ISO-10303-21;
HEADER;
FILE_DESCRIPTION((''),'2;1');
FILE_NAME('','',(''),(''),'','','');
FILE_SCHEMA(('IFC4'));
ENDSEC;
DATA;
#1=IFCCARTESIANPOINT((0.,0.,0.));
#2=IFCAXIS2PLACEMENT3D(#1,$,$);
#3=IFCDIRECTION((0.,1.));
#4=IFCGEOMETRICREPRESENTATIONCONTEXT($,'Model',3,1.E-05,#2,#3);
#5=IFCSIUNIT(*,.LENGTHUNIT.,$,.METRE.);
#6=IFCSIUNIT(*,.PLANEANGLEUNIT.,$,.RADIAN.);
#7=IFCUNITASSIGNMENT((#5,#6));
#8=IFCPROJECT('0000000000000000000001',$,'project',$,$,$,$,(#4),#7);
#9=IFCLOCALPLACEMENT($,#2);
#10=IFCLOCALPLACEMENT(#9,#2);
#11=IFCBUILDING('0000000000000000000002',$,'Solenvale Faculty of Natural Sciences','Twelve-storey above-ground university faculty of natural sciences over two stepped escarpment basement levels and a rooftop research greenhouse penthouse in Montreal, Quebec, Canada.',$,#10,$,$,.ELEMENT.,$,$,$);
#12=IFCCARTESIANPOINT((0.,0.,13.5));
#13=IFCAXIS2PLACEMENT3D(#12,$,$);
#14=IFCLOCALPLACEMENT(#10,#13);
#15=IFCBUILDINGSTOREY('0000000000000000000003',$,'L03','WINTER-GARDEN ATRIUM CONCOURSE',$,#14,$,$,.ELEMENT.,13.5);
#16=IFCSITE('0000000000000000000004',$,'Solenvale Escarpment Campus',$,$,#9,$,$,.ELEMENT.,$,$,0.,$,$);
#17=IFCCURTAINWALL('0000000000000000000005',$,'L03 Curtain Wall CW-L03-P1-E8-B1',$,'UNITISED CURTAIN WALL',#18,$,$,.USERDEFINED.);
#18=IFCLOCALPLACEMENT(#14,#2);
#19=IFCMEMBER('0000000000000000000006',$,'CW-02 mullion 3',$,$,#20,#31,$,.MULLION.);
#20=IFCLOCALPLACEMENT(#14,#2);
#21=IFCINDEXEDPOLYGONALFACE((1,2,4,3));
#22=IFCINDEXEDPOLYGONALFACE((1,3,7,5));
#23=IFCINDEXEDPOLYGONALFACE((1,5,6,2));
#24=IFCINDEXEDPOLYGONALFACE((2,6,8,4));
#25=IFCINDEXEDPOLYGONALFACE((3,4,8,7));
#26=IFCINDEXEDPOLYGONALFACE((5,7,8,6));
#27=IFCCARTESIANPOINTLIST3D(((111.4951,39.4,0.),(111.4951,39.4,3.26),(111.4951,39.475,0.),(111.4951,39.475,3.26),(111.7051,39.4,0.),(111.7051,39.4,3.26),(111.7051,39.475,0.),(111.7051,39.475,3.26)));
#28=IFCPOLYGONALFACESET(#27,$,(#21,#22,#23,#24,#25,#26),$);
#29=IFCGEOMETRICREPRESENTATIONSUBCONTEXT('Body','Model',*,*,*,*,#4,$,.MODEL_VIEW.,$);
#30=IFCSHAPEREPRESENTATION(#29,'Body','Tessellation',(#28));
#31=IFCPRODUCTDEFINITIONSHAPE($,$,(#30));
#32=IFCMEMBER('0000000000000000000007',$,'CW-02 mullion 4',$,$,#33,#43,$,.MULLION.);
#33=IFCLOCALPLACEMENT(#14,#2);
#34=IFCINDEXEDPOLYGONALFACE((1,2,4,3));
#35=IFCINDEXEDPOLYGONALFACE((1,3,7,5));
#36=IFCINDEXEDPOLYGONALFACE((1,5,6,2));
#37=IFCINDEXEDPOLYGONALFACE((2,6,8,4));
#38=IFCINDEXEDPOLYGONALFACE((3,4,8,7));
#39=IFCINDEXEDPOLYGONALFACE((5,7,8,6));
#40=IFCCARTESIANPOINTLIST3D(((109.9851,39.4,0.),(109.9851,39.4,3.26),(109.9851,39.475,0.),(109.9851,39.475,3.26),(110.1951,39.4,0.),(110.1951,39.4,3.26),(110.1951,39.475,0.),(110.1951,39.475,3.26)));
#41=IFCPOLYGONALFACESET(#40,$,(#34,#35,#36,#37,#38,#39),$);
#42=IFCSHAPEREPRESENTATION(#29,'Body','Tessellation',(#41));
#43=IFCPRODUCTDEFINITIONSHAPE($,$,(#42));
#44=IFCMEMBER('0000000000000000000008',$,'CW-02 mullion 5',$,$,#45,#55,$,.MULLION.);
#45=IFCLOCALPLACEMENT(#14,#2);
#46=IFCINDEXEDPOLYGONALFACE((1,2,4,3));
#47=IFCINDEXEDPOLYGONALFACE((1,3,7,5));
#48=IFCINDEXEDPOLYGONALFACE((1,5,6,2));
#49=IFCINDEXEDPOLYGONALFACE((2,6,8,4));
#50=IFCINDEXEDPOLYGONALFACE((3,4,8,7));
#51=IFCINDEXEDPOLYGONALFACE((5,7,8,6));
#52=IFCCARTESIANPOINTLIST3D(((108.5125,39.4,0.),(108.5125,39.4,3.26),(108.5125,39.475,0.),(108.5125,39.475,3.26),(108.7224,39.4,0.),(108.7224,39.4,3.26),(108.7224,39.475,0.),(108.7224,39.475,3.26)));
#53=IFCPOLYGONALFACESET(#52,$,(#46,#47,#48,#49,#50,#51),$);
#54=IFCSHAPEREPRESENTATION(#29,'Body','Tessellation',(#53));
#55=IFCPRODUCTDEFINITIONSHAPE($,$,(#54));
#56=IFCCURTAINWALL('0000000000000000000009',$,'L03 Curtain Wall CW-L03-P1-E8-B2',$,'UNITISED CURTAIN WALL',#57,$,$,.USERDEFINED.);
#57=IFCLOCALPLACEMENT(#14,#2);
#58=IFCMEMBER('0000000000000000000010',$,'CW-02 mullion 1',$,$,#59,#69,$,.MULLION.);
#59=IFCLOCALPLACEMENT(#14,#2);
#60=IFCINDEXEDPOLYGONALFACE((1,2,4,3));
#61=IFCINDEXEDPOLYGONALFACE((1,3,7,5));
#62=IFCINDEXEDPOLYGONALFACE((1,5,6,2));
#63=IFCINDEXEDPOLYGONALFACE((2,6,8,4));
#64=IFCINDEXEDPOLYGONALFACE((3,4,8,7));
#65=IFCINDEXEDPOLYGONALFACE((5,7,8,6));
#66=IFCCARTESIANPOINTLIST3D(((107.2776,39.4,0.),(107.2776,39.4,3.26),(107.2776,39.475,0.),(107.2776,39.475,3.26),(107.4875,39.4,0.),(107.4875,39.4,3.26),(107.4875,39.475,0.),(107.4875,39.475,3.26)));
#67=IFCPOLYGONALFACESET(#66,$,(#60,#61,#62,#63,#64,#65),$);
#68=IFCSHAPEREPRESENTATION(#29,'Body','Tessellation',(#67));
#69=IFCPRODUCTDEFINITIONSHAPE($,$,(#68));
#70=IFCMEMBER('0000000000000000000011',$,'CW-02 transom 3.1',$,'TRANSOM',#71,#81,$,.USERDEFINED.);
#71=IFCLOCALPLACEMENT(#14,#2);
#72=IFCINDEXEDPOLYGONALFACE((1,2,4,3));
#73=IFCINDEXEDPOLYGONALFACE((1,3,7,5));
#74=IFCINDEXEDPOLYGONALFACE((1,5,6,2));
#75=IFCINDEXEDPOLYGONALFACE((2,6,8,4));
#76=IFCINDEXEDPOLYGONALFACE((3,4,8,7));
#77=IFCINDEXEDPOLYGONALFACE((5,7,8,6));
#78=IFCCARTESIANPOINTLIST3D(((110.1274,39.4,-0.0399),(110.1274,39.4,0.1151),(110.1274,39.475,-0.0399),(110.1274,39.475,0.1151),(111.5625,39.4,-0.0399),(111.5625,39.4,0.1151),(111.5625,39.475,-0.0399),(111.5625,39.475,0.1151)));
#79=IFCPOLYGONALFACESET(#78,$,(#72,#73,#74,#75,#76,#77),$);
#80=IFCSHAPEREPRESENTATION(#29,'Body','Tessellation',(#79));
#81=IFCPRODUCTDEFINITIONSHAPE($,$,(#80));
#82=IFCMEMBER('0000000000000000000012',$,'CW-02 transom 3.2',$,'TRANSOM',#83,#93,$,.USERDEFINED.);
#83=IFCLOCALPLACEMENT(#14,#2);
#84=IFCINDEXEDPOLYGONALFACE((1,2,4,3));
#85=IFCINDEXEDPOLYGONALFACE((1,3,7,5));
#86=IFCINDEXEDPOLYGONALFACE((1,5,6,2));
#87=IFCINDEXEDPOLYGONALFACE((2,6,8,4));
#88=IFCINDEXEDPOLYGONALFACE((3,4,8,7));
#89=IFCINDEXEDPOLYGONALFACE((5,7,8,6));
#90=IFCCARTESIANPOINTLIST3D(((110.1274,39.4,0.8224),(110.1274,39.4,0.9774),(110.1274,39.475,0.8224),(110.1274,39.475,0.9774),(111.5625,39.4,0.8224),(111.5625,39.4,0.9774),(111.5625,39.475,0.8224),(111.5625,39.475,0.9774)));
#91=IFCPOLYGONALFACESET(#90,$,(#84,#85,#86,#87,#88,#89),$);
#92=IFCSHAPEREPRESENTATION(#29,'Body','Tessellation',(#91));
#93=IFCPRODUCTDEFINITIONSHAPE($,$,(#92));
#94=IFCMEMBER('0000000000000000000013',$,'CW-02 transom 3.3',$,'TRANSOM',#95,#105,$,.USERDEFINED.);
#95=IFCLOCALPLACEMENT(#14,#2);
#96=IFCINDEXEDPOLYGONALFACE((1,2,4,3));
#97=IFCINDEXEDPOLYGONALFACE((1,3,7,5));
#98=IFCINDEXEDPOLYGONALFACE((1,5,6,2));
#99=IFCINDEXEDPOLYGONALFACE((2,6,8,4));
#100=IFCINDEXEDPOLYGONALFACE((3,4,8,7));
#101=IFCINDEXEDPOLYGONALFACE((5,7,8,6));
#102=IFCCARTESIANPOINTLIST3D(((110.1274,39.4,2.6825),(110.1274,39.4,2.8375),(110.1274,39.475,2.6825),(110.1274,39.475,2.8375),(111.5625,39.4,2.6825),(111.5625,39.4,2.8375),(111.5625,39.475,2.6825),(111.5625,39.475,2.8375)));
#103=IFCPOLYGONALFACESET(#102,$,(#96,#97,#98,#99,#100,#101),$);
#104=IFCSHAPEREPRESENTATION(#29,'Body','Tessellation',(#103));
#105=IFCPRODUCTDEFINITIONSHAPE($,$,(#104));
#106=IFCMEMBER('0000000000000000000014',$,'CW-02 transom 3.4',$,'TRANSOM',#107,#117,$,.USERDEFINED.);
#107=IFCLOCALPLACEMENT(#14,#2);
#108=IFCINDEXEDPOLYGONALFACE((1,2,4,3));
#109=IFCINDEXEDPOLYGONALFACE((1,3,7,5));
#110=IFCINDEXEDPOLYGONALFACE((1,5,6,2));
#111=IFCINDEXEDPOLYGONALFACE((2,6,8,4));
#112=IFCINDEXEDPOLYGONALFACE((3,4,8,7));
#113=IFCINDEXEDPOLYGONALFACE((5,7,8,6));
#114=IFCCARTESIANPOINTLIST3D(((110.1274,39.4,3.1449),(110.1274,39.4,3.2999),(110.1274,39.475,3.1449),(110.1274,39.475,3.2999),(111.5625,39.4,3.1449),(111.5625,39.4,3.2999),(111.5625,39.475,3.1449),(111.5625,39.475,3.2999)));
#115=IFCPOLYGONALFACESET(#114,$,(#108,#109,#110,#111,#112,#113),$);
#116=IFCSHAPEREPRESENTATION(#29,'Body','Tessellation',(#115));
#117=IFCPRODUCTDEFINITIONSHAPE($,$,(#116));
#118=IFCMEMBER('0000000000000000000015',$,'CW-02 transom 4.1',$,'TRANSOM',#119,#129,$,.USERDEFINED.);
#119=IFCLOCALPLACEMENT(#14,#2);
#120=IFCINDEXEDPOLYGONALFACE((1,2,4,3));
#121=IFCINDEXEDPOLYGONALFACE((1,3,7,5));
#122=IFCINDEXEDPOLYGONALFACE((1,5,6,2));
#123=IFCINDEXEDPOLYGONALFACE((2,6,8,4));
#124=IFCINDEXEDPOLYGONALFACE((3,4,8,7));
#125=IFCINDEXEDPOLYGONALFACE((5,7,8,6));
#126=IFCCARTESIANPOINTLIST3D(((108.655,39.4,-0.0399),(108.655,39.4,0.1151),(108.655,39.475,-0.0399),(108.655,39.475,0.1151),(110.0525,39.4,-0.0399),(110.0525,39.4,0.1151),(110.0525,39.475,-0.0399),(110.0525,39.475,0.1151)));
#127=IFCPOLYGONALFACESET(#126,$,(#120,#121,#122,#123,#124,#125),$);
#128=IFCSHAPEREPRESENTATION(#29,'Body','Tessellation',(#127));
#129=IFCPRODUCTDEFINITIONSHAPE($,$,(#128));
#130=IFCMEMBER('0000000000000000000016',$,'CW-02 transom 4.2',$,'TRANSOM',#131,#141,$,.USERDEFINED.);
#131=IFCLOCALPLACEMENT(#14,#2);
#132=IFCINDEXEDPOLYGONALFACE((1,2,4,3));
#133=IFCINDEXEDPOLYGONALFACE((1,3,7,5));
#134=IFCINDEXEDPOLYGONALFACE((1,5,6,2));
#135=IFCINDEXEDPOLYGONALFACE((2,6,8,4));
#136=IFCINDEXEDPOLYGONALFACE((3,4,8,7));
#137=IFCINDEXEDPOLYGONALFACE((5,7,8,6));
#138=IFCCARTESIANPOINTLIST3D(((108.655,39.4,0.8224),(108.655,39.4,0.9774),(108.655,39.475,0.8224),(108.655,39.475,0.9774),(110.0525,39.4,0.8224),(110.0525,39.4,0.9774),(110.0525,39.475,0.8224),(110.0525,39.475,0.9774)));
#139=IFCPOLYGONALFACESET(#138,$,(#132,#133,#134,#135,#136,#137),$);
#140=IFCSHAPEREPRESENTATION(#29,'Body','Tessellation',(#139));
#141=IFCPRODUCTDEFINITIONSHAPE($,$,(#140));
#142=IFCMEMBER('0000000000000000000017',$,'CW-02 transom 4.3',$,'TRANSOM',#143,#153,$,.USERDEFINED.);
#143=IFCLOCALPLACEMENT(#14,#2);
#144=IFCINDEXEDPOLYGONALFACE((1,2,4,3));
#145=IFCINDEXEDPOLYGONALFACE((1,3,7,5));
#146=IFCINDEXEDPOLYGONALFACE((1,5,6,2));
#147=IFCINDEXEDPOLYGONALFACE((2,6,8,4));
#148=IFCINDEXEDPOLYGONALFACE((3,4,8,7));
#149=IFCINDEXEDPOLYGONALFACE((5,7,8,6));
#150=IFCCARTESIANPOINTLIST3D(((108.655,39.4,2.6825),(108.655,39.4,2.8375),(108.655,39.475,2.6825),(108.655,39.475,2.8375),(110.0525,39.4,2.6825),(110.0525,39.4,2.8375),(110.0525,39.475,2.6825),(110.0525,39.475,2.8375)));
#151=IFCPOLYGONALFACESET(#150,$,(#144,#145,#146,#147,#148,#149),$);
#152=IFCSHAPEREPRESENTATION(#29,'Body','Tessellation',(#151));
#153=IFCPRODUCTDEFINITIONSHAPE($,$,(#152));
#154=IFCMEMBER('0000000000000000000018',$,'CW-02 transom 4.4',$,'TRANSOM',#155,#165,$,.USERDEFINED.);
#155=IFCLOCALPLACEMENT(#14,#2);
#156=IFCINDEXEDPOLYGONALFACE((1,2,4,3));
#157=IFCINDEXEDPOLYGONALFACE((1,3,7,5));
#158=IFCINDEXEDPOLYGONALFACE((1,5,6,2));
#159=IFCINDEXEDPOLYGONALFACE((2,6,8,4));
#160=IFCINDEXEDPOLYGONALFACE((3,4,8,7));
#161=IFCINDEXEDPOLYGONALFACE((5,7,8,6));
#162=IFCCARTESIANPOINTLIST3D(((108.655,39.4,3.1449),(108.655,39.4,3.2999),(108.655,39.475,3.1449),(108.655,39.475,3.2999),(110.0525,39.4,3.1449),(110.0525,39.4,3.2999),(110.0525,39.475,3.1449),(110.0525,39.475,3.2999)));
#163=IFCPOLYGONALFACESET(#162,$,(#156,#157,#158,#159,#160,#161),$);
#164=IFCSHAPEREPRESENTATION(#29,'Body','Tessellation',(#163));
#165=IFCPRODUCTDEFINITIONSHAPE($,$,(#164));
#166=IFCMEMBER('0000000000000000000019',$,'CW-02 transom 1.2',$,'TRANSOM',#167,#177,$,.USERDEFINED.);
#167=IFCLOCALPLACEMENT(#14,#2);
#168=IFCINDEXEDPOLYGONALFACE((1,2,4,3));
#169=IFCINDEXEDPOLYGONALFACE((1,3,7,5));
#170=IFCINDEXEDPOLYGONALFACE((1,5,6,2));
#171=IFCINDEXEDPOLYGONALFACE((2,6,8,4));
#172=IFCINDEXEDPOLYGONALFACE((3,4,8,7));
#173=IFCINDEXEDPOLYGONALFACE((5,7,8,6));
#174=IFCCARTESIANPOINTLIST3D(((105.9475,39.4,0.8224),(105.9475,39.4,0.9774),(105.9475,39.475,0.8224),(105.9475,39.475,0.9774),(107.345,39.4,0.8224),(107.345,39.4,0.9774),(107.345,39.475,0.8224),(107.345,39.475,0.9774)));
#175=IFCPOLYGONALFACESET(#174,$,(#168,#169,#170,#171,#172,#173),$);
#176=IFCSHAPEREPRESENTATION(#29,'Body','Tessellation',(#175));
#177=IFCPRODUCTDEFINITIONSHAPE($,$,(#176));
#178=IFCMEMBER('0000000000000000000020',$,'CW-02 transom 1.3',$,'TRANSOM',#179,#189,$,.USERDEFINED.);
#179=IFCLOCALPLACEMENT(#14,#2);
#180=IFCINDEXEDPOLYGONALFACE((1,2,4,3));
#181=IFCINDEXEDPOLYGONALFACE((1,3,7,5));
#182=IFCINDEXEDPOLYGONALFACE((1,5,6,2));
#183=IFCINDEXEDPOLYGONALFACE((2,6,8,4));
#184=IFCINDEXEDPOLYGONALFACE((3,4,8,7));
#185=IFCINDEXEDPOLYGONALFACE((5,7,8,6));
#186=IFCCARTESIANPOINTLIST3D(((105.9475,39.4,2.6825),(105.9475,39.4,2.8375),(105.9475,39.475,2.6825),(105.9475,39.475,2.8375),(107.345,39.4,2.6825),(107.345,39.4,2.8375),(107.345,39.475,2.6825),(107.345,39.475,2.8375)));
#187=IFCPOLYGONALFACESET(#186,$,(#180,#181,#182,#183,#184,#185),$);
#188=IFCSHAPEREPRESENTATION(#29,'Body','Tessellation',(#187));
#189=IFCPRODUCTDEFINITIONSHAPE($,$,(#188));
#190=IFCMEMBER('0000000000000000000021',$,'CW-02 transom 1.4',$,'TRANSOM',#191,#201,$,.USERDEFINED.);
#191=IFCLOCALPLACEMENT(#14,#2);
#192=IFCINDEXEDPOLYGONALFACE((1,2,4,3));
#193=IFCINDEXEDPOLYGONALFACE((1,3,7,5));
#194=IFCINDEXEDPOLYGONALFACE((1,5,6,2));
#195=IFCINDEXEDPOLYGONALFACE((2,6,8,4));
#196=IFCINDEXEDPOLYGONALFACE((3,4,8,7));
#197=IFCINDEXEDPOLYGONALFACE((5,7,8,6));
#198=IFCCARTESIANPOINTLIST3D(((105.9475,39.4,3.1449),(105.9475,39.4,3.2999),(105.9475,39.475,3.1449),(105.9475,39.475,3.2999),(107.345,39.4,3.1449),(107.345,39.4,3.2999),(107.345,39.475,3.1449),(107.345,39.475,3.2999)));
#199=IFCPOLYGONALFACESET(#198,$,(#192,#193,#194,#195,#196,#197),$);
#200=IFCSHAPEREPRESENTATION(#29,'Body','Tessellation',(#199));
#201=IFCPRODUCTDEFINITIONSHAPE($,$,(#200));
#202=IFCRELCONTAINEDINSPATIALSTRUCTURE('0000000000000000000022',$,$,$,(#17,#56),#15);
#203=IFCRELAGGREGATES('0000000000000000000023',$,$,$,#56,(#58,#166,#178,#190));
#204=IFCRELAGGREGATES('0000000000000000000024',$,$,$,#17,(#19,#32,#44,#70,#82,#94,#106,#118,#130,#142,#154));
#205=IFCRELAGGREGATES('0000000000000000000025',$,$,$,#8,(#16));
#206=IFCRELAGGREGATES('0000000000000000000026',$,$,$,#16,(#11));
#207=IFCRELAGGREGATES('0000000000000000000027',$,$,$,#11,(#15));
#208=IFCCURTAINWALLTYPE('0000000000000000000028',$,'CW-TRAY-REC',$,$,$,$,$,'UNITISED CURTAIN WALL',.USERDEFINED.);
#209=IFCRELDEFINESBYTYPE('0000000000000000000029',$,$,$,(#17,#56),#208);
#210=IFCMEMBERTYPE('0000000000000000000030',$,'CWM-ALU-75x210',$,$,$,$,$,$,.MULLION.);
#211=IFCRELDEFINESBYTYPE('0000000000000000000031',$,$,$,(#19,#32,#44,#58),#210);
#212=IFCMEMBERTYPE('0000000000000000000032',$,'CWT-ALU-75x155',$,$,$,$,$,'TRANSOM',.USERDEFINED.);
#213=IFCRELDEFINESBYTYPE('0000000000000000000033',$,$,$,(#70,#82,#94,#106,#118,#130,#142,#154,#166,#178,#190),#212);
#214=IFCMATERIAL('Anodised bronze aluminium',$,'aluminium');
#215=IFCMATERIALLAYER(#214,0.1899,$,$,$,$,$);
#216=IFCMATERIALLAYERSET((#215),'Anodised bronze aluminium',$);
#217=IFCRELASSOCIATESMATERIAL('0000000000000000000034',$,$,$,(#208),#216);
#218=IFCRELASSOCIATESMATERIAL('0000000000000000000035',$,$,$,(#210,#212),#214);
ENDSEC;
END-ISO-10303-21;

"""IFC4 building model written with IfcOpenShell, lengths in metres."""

from ifc_helpers import new_model, si_unit, direction, frame, origin, origin_2d, place, context, subcontext, project, spatial, rectangle, extrude, material, layer, layer_set, material_profile, profile_set, type_object, element, aggregate, save


model = new_model("IFC4")

# Units and contexts
model_context = context("Model", 3, precision=1e-05, world=origin(), true_north=direction((0.0, 1.0)))
body_context = subcontext(model_context, "Body", "Model", "MODEL_VIEW")
ifc_project = project(units=[si_unit("LENGTHUNIT", "METRE"), si_unit("PLANEANGLEUNIT", "RADIAN")], contexts=[model_context])

# Site, building, storey
site_placement = place(None, origin())
site = spatial("IfcSite", under=ifc_project, at=site_placement, Name="Solenvale Escarpment Campus", CompositionType="ELEMENT", RefElevation=0.0)
building_placement = place(site_placement, origin())
building = spatial("IfcBuilding", under=site, at=building_placement, Name="Solenvale Faculty of Natural Sciences", Description="Twelve-storey above-ground university faculty of natural sciences over two stepped escarpment basement levels and a rooftop research greenhouse penthouse in Montreal, Quebec, Canada.", CompositionType="ELEMENT")
storey_placement = place(building_placement, frame((0.0, 0.0, 13.5)))
storey = spatial("IfcBuildingStorey", under=building, at=storey_placement, Name="L03", Description="WINTER-GARDEN ATRIUM CONCOURSE", CompositionType="ELEMENT", Elevation=13.5)

# Curtain wall, members
ifc_material_1 = material(Name="Anodised bronze aluminium", Category="aluminium")
ifc_layer_1 = layer(ifc_material_1, 0.1899)
ifc_layer_set_1 = layer_set([ifc_layer_1], Name="Anodised bronze aluminium")
curtain_wall_type = type_object("IfcCurtainWallType", Name="CW-TRAY-REC", ElementType="UNITISED CURTAIN WALL", PredefinedType="USERDEFINED", material=ifc_layer_set_1)
curtain_wall_1_placement = place(storey_placement, origin())
curtain_wall_1 = element("IfcCurtainWall", 1, at=curtain_wall_1_placement, inside=storey, type_object=curtain_wall_type, Name="L03 Curtain Wall CW-L03-P1-E8-B1", ObjectType="UNITISED CURTAIN WALL", PredefinedType="USERDEFINED")
ifc_material_profile_1 = material_profile(ifc_material_1, rectangle(XDim=0.075, YDim=0.21, at=origin_2d()), Name="ALU-MUL-75x210")
ifc_profile_set_1 = profile_set([ifc_material_profile_1], Name="Anodised bronze aluminium")
member_type_1 = type_object("IfcMemberType", Name="CWM-ALU-75x210", PredefinedType="MULLION", material=ifc_profile_set_1)
member_1_placement = place(storey_placement, frame((111.6001, 39.4375, 0.0), z_axis=(0.0, 0.0, 1.0), x_axis=(0.0, -1.0, 0.0)))
member_1 = element("IfcMember", 2, at=member_1_placement, type_object=member_type_1, Name="CW-02 mullion 3", PredefinedType="MULLION", context=body_context, shape_type="SweptSolid", body=[
    extrude(rectangle(XDim=0.075, YDim=0.21, at=origin_2d()), origin(), (0.0, 0.0, 1.0), 3.26),
])
member_2_placement = place(storey_placement, frame((110.0901, 39.4375, 0.0), z_axis=(0.0, 0.0, 1.0), x_axis=(0.0, -1.0, 0.0)))
member_2 = element("IfcMember", 3, at=member_2_placement, type_object=member_type_1, Name="CW-02 mullion 4", PredefinedType="MULLION", context=body_context, shape_type="SweptSolid", body=[
    extrude(rectangle(XDim=0.075, YDim=0.21, at=origin_2d()), origin(), (0.0, 0.0, 1.0), 3.26),
])
member_3_placement = place(storey_placement, frame((108.6174, 39.4375, 0.0), z_axis=(0.0, 0.0, 1.0), x_axis=(0.0, -1.0, 0.0)))
member_3 = element("IfcMember", 4, at=member_3_placement, type_object=member_type_1, Name="CW-02 mullion 5", PredefinedType="MULLION", context=body_context, shape_type="SweptSolid", body=[
    extrude(rectangle(XDim=0.075, YDim=0.21, at=origin_2d()), origin(), (0.0, 0.0, 1.0), 3.26),
])

# Curtain wall, member
curtain_wall_2_placement = place(storey_placement, origin())
curtain_wall_2 = element("IfcCurtainWall", 5, at=curtain_wall_2_placement, inside=storey, type_object=curtain_wall_type, Name="L03 Curtain Wall CW-L03-P1-E8-B2", ObjectType="UNITISED CURTAIN WALL", PredefinedType="USERDEFINED")
member_4_placement = place(storey_placement, frame((107.3826, 39.4375, 0.0), z_axis=(0.0, 0.0, 1.0), x_axis=(0.0, -1.0, 0.0)))
member_4 = element("IfcMember", 6, at=member_4_placement, type_object=member_type_1, Name="CW-02 mullion 1", PredefinedType="MULLION", context=body_context, shape_type="SweptSolid", body=[
    extrude(rectangle(XDim=0.075, YDim=0.21, at=origin_2d()), origin(), (0.0, 0.0, 1.0), 3.26),
])

# Members
ifc_material_profile_2 = material_profile(ifc_material_1, rectangle(XDim=0.075, YDim=0.155, at=origin_2d()), Name="ALU-TRN-75x155")
ifc_profile_set_2 = profile_set([ifc_material_profile_2], Name="Anodised bronze aluminium")
member_type_2 = type_object("IfcMemberType", Name="CWT-ALU-75x155", ElementType="TRANSOM", PredefinedType="USERDEFINED", material=ifc_profile_set_2)
member_5_placement = place(storey_placement, frame((111.5625, 39.4375, 0.0376), z_axis=(-1.0, 0.0, 0.0), x_axis=(0.0, -1.0, 0.0)))
member_5 = element("IfcMember", 7, at=member_5_placement, type_object=member_type_2, Name="CW-02 transom 3.1", ObjectType="TRANSOM", PredefinedType="USERDEFINED", context=body_context, shape_type="SweptSolid", body=[
    extrude(rectangle(XDim=0.075, YDim=0.155, at=origin_2d()), origin(), (0.0, 0.0, 1.0), 1.4351),
])
member_6_placement = place(storey_placement, frame((111.5625, 39.4375, 0.8999), z_axis=(-1.0, 0.0, 0.0), x_axis=(0.0, -1.0, 0.0)))
member_6 = element("IfcMember", 8, at=member_6_placement, type_object=member_type_2, Name="CW-02 transom 3.2", ObjectType="TRANSOM", PredefinedType="USERDEFINED", context=body_context, shape_type="SweptSolid", body=[
    extrude(rectangle(XDim=0.075, YDim=0.155, at=origin_2d()), origin(), (0.0, 0.0, 1.0), 1.4351),
])
member_7_placement = place(storey_placement, frame((111.5625, 39.4375, 2.76), z_axis=(-1.0, 0.0, 0.0), x_axis=(0.0, -1.0, 0.0)))
member_7 = element("IfcMember", 9, at=member_7_placement, type_object=member_type_2, Name="CW-02 transom 3.3", ObjectType="TRANSOM", PredefinedType="USERDEFINED", context=body_context, shape_type="SweptSolid", body=[
    extrude(rectangle(XDim=0.075, YDim=0.155, at=origin_2d()), origin(), (0.0, 0.0, 1.0), 1.4351),
])
member_8_placement = place(storey_placement, frame((111.5625, 39.4375, 3.2224), z_axis=(-1.0, 0.0, 0.0), x_axis=(0.0, -1.0, 0.0)))
member_8 = element("IfcMember", 10, at=member_8_placement, type_object=member_type_2, Name="CW-02 transom 3.4", ObjectType="TRANSOM", PredefinedType="USERDEFINED", context=body_context, shape_type="SweptSolid", body=[
    extrude(rectangle(XDim=0.075, YDim=0.155, at=origin_2d()), origin(), (0.0, 0.0, 1.0), 1.4351),
])
member_9_placement = place(storey_placement, frame((110.0525, 39.4375, 0.0376), z_axis=(-1.0, 0.0, 0.0), x_axis=(0.0, -1.0, 0.0)))
member_9 = element("IfcMember", 11, at=member_9_placement, type_object=member_type_2, Name="CW-02 transom 4.1", ObjectType="TRANSOM", PredefinedType="USERDEFINED", context=body_context, shape_type="SweptSolid", body=[
    extrude(rectangle(XDim=0.075, YDim=0.155, at=origin_2d()), origin(), (0.0, 0.0, 1.0), 1.3975),
])
member_10_placement = place(storey_placement, frame((110.0525, 39.4375, 0.8999), z_axis=(-1.0, 0.0, 0.0), x_axis=(0.0, -1.0, 0.0)))
member_10 = element("IfcMember", 12, at=member_10_placement, type_object=member_type_2, Name="CW-02 transom 4.2", ObjectType="TRANSOM", PredefinedType="USERDEFINED", context=body_context, shape_type="SweptSolid", body=[
    extrude(rectangle(XDim=0.075, YDim=0.155, at=origin_2d()), origin(), (0.0, 0.0, 1.0), 1.3975),
])
member_11_placement = place(storey_placement, frame((110.0525, 39.4375, 2.76), z_axis=(-1.0, 0.0, 0.0), x_axis=(0.0, -1.0, 0.0)))
member_11 = element("IfcMember", 13, at=member_11_placement, type_object=member_type_2, Name="CW-02 transom 4.3", ObjectType="TRANSOM", PredefinedType="USERDEFINED", context=body_context, shape_type="SweptSolid", body=[
    extrude(rectangle(XDim=0.075, YDim=0.155, at=origin_2d()), origin(), (0.0, 0.0, 1.0), 1.3975),
])
member_12_placement = place(storey_placement, frame((110.0525, 39.4375, 3.2224), z_axis=(-1.0, 0.0, 0.0), x_axis=(0.0, -1.0, 0.0)))
member_12 = element("IfcMember", 14, at=member_12_placement, type_object=member_type_2, Name="CW-02 transom 4.4", ObjectType="TRANSOM", PredefinedType="USERDEFINED", context=body_context, shape_type="SweptSolid", body=[
    extrude(rectangle(XDim=0.075, YDim=0.155, at=origin_2d()), origin(), (0.0, 0.0, 1.0), 1.3975),
])
member_13_placement = place(storey_placement, frame((107.345, 39.4375, 0.8999), z_axis=(-1.0, 0.0, 0.0), x_axis=(0.0, -1.0, 0.0)))
member_13 = element("IfcMember", 15, at=member_13_placement, type_object=member_type_2, Name="CW-02 transom 1.2", ObjectType="TRANSOM", PredefinedType="USERDEFINED", context=body_context, shape_type="SweptSolid", body=[
    extrude(rectangle(XDim=0.075, YDim=0.155, at=origin_2d()), origin(), (0.0, 0.0, 1.0), 1.3975),
])
member_14_placement = place(storey_placement, frame((107.345, 39.4375, 2.76), z_axis=(-1.0, 0.0, 0.0), x_axis=(0.0, -1.0, 0.0)))
member_14 = element("IfcMember", 16, at=member_14_placement, type_object=member_type_2, Name="CW-02 transom 1.3", ObjectType="TRANSOM", PredefinedType="USERDEFINED", context=body_context, shape_type="SweptSolid", body=[
    extrude(rectangle(XDim=0.075, YDim=0.155, at=origin_2d()), origin(), (0.0, 0.0, 1.0), 1.3975),
])
member_15_placement = place(storey_placement, frame((107.345, 39.4375, 3.2224), z_axis=(-1.0, 0.0, 0.0), x_axis=(0.0, -1.0, 0.0)))
member_15 = element("IfcMember", 17, at=member_15_placement, type_object=member_type_2, Name="CW-02 transom 1.4", ObjectType="TRANSOM", PredefinedType="USERDEFINED", context=body_context, shape_type="SweptSolid", body=[
    extrude(rectangle(XDim=0.075, YDim=0.155, at=origin_2d()), origin(), (0.0, 0.0, 1.0), 1.3975),
])
aggregate(curtain_wall_2, [member_4, member_13, member_14, member_15])

aggregate(curtain_wall_1, [member_1, member_2, member_3, member_5, member_6, member_7, member_8, member_9, member_10, member_11, member_12])

save(model, "model.ifc")
